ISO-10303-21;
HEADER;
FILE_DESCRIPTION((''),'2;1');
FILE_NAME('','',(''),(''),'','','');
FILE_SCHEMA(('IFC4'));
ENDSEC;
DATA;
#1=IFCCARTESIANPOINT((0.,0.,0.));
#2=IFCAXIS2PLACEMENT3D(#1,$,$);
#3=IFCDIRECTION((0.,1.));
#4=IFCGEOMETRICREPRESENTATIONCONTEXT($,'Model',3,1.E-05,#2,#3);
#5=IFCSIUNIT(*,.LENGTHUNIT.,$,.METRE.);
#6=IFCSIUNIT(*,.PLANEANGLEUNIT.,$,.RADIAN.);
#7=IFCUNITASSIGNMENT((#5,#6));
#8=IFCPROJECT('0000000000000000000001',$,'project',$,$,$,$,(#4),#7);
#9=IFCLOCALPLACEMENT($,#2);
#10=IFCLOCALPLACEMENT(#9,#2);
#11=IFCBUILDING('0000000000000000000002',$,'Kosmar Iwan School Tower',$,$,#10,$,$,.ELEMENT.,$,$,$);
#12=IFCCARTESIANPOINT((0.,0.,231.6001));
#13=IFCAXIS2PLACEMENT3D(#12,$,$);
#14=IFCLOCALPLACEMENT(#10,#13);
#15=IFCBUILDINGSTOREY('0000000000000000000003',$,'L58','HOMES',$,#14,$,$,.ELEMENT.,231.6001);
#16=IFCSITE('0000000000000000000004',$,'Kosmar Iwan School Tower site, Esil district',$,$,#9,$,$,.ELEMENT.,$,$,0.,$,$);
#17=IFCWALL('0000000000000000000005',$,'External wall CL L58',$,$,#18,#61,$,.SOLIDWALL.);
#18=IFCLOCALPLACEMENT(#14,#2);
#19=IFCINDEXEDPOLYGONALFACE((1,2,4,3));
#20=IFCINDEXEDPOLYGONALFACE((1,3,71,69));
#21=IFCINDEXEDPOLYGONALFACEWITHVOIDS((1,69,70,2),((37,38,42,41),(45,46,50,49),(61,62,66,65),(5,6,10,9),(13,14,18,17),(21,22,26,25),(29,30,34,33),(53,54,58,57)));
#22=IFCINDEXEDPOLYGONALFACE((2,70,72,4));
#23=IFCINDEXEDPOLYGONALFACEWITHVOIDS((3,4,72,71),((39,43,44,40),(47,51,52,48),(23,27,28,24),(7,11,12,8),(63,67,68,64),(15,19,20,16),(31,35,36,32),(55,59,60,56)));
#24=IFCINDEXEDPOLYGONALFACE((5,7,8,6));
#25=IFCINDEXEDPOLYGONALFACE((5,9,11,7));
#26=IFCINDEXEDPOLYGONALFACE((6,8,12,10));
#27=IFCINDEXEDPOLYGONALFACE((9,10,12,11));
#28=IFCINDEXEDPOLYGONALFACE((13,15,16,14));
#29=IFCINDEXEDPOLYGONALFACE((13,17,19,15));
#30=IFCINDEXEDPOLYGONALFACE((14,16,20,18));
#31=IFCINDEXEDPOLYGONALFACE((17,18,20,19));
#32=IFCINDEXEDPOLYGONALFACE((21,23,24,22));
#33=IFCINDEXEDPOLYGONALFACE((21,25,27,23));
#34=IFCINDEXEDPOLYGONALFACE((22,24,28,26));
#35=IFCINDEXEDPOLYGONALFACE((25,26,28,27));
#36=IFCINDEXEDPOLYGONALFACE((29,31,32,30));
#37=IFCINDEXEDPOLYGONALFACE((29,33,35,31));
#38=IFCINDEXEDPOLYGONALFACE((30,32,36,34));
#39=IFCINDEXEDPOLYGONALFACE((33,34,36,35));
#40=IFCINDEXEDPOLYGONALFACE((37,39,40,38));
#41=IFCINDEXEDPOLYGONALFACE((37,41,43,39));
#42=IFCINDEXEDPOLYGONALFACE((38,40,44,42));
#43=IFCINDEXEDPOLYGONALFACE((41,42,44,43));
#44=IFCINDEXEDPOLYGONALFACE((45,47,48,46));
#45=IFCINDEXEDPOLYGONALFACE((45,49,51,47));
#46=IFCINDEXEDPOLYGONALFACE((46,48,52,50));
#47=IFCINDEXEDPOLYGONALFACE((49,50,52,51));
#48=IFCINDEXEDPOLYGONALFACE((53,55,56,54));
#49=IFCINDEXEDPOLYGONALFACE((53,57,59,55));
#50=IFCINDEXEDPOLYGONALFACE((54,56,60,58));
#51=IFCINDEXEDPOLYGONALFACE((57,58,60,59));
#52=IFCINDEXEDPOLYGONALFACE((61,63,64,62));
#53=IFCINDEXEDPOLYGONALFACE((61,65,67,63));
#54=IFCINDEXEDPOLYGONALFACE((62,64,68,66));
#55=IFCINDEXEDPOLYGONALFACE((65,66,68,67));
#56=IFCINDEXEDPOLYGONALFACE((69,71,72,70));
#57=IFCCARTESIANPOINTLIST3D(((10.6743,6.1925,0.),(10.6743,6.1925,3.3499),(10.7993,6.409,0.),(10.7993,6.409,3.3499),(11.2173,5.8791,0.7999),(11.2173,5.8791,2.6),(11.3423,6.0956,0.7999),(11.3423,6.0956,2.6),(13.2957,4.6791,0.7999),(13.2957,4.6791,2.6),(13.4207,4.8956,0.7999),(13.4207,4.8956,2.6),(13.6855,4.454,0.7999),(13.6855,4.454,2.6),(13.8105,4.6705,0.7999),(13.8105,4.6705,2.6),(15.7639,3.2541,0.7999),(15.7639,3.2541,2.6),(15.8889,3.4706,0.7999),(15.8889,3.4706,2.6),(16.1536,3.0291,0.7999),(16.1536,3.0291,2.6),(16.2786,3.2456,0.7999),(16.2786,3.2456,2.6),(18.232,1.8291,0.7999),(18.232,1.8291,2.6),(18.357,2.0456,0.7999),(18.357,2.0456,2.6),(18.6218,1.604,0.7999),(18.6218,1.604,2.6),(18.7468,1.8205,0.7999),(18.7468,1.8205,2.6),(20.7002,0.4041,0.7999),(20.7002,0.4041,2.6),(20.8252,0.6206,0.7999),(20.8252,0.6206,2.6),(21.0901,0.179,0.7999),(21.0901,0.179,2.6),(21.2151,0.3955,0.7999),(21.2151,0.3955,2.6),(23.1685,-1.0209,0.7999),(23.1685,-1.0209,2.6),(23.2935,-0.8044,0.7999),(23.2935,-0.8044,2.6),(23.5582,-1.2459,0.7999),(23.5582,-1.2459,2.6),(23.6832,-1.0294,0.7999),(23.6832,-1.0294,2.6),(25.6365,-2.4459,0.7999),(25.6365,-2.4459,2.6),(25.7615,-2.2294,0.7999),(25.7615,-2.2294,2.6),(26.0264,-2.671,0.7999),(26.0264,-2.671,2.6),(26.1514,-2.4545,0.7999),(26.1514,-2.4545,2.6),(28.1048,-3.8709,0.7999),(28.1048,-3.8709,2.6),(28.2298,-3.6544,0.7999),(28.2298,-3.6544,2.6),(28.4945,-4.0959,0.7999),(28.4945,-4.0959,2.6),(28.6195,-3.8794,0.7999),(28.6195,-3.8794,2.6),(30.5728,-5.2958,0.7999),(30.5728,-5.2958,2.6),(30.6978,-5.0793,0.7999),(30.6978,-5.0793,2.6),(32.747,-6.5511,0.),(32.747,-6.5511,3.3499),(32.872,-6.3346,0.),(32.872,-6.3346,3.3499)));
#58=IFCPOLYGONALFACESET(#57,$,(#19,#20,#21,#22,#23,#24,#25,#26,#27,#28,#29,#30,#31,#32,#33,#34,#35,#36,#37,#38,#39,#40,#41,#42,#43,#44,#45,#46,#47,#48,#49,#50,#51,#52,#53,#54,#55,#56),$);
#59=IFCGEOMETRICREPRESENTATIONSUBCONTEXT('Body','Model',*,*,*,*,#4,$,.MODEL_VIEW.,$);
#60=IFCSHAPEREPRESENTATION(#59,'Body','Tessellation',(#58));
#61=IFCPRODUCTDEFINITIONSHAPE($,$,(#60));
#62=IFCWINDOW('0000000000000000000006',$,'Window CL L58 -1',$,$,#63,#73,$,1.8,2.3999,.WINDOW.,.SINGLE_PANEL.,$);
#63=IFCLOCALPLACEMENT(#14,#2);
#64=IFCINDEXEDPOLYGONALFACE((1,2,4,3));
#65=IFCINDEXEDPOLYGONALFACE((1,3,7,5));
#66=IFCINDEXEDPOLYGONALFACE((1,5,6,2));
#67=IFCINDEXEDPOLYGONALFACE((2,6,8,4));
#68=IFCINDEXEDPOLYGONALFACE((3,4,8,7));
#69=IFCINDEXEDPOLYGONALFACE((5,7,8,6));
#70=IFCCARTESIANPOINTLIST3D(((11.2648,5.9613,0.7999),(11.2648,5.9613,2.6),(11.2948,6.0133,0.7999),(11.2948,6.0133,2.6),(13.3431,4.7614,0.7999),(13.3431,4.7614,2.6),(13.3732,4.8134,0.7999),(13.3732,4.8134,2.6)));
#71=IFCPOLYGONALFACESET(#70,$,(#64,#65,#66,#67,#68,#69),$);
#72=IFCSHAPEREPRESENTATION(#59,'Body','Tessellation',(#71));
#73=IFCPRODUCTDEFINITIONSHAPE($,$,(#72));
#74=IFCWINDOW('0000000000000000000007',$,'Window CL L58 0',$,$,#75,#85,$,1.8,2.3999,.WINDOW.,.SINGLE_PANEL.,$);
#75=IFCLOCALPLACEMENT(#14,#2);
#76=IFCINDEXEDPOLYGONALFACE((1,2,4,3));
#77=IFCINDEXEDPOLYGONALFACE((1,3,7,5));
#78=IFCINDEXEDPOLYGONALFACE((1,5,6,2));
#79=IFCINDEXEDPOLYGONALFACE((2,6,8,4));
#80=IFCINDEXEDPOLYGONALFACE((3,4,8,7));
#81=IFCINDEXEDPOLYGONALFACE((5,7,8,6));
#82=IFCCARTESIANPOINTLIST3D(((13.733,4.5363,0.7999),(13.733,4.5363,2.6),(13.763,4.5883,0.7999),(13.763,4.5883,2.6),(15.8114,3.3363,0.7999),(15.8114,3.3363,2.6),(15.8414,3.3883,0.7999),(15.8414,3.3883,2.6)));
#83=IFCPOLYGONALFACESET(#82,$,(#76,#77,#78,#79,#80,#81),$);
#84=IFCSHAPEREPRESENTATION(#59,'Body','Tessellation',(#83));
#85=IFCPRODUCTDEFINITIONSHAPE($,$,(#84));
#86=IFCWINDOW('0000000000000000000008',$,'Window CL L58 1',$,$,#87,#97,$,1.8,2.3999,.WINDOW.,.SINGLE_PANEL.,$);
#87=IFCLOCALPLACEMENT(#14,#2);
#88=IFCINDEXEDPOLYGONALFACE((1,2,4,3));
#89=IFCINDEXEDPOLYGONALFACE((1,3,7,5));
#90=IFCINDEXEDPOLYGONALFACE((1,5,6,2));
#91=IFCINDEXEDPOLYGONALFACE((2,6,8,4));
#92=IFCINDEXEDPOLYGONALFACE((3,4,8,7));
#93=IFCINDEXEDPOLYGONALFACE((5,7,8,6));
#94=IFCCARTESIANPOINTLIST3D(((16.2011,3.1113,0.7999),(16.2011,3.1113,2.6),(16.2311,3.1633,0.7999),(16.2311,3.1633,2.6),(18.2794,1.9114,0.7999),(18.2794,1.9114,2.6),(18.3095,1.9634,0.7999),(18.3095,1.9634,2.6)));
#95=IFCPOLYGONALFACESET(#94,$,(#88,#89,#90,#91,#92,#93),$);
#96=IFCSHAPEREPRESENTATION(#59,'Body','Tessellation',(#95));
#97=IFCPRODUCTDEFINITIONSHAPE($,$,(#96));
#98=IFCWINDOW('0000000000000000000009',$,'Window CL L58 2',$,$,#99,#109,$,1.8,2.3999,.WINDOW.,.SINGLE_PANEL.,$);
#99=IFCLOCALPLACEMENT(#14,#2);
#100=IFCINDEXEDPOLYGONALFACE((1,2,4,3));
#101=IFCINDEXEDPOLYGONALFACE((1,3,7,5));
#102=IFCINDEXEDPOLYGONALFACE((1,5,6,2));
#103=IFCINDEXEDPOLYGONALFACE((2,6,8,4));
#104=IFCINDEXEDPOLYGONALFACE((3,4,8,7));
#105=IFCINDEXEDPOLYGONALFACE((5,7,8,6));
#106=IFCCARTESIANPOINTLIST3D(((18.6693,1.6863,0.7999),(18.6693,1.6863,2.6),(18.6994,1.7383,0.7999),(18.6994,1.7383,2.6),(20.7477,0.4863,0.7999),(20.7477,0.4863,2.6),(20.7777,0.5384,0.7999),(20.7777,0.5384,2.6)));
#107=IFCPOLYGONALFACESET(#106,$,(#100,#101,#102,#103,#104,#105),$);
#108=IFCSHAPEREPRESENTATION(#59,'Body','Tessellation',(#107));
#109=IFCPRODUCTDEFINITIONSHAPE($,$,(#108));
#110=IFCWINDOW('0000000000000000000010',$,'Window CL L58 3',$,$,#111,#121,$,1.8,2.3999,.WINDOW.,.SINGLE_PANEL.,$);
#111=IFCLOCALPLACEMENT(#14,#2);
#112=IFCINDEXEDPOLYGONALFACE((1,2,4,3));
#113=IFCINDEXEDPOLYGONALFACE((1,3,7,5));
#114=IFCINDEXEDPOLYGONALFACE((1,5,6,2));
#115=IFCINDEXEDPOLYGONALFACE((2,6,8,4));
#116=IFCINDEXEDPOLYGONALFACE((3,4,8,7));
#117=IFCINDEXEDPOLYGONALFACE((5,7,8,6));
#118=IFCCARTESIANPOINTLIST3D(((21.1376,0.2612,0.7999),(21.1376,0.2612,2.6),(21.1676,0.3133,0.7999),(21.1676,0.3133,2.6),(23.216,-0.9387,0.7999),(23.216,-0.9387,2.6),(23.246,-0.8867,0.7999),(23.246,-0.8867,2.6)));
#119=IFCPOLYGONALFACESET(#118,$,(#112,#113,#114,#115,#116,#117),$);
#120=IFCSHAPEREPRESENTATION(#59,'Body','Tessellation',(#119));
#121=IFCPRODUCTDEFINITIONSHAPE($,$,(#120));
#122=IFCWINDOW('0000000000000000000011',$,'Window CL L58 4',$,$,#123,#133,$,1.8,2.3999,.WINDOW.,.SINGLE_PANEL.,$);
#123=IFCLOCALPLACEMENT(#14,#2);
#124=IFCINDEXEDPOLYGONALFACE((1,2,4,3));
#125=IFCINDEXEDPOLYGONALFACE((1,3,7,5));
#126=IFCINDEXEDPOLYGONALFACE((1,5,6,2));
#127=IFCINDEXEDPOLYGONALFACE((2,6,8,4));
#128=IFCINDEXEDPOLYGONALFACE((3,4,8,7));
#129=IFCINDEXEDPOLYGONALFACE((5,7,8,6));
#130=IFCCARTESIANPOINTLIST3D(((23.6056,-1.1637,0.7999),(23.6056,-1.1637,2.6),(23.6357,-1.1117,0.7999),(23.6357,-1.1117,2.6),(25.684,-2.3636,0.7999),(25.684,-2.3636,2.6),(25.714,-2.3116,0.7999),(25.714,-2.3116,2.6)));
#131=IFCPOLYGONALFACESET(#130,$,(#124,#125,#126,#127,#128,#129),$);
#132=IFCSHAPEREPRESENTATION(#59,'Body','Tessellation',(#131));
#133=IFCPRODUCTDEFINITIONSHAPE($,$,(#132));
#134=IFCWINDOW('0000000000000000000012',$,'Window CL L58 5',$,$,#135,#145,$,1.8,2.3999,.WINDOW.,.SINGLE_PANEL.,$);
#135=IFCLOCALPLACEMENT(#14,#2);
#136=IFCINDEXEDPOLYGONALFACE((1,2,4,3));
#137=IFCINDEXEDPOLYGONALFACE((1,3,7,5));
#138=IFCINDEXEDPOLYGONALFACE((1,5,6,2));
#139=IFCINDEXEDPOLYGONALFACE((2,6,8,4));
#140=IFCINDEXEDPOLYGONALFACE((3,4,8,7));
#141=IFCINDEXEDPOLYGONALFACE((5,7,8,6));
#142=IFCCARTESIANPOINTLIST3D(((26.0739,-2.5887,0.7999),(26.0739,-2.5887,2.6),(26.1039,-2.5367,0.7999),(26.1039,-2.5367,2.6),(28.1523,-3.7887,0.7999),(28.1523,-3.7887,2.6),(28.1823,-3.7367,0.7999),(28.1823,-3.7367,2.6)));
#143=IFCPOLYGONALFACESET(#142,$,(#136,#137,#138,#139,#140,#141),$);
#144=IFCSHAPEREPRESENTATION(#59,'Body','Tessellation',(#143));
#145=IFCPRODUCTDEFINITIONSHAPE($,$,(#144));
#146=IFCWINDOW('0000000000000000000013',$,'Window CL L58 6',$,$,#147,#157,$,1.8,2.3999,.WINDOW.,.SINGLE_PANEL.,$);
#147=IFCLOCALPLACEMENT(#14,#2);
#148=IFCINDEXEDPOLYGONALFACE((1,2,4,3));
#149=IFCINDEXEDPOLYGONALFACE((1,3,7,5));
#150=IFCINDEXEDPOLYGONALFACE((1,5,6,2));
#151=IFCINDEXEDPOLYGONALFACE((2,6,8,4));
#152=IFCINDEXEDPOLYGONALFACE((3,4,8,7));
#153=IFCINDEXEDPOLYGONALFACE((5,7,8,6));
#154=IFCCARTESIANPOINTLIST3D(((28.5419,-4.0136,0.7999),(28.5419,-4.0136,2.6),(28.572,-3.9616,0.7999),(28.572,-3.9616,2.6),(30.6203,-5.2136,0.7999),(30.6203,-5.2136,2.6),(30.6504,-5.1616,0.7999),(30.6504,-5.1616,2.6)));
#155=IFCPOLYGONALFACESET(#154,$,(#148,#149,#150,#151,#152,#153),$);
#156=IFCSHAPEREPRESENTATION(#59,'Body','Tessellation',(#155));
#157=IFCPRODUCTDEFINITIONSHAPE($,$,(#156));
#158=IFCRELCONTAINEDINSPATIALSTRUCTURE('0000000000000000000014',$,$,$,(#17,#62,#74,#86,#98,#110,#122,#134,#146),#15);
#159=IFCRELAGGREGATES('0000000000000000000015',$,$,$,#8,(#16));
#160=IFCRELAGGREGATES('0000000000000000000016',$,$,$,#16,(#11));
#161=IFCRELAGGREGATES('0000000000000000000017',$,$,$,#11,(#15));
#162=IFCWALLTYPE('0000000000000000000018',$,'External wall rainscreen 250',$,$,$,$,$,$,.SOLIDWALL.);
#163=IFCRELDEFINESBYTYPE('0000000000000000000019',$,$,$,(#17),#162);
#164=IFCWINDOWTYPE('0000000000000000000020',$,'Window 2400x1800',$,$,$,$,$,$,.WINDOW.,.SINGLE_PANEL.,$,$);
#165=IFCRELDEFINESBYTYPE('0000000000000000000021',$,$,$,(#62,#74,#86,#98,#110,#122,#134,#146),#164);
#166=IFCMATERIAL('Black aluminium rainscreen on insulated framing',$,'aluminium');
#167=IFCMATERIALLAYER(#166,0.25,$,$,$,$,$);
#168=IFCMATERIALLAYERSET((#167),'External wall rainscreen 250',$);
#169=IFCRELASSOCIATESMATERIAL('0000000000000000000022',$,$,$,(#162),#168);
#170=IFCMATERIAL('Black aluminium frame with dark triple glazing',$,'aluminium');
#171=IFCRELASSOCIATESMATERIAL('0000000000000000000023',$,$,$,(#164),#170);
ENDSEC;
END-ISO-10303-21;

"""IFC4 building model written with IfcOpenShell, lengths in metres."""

from ifc_helpers import new_model, si_unit, direction, frame, frame_2d, origin, place, context, subcontext, project, spatial, rectangle, extrude, material, layer, layer_set, type_object, element, fill, save


model = new_model("IFC4")

# Units and contexts
model_context = context("Model", 3, precision=1e-05, world=origin(), true_north=direction((0.0, 1.0)))
body_context = subcontext(model_context, "Body", "Model", "MODEL_VIEW")
ifc_project = project(units=[si_unit("LENGTHUNIT", "METRE"), si_unit("PLANEANGLEUNIT", "RADIAN")], contexts=[model_context])

# Site, building, storey
site_placement = place(None, origin())
site = spatial("IfcSite", under=ifc_project, at=site_placement, Name="Kosmar Iwan School Tower site, Esil district", CompositionType="ELEMENT", RefElevation=0.0)
building_placement = place(site_placement, origin())
building = spatial("IfcBuilding", under=site, at=building_placement, Name="Kosmar Iwan School Tower", CompositionType="ELEMENT")
storey_placement = place(building_placement, frame((0.0, 0.0, 231.6001)))
storey = spatial("IfcBuildingStorey", under=building, at=storey_placement, Name="L58", Description="HOMES", CompositionType="ELEMENT", Elevation=231.6001)

# Wall, openings, windows
ifc_material_1 = material(Name="Black aluminium rainscreen on insulated framing", Category="aluminium")
ifc_layer = layer(ifc_material_1, 0.25)
ifc_layer_set = layer_set([ifc_layer], Name="External wall rainscreen 250")
wall_type = type_object("IfcWallType", Name="External wall rainscreen 250", PredefinedType="SOLIDWALL", material=ifc_layer_set)
wall_1_placement = place(storey_placement, frame((10.7368, 6.3008, 0.0), z_axis=(0.0, 0.0, 1.0), x_axis=(0.866026, -0.499998, 0.0)))
wall_1 = element("IfcWall", 1, at=wall_1_placement, inside=storey, type_object=wall_type, Name="External wall CL L58", PredefinedType="SOLIDWALL", context=body_context, shape_type="SweptSolid", body=[
    extrude(rectangle(XDim=25.4873, YDim=0.25, at=frame_2d((12.7437, 0.0))), origin(), (0.0, 0.0, 1.0), 3.3499),
])
opening_1_placement = place(wall_1_placement, frame((0.627, 0.0, 0.8)))
opening_1 = element("IfcOpeningElement", 2, at=opening_1_placement, cuts=wall_1, PredefinedType="OPENING", context=body_context, shape_type="SweptSolid", body=[
    extrude(rectangle(XDim=2.3999, YDim=1.8, at=frame_2d((1.2, 0.8999))), frame((0.0, 0.137, 0.0), z_axis=(0.0, -1.0, 0.0), x_axis=(1.0, 0.0, 0.0)), (0.0, 0.0, 1.0), 0.2739),
])
opening_2_placement = place(wall_1_placement, frame((3.4771, 0.0, 0.8)))
opening_2 = element("IfcOpeningElement", 3, at=opening_2_placement, cuts=wall_1, PredefinedType="OPENING", context=body_context, shape_type="SweptSolid", body=[
    extrude(rectangle(XDim=2.3999, YDim=1.8, at=frame_2d((1.2, 0.8999))), frame((0.0, 0.137, 0.0), z_axis=(0.0, -1.0, 0.0), x_axis=(1.0, 0.0, 0.0)), (0.0, 0.0, 1.0), 0.2739),
])
opening_3_placement = place(wall_1_placement, frame((6.3269, 0.0, 0.8)))
opening_3 = element("IfcOpeningElement", 4, at=opening_3_placement, cuts=wall_1, PredefinedType="OPENING", context=body_context, shape_type="SweptSolid", body=[
    extrude(rectangle(XDim=2.3999, YDim=1.8, at=frame_2d((1.2, 0.8999))), frame((0.0, 0.137, 0.0), z_axis=(0.0, -1.0, 0.0), x_axis=(1.0, 0.0, 0.0)), (0.0, 0.0, 1.0), 0.2739),
])
opening_4_placement = place(wall_1_placement, frame((9.177, 0.0, 0.8)))
opening_4 = element("IfcOpeningElement", 5, at=opening_4_placement, cuts=wall_1, PredefinedType="OPENING", context=body_context, shape_type="SweptSolid", body=[
    extrude(rectangle(XDim=2.3999, YDim=1.8, at=frame_2d((1.2, 0.8999))), frame((0.0, 0.137, 0.0), z_axis=(0.0, -1.0, 0.0), x_axis=(1.0, 0.0, 0.0)), (0.0, 0.0, 1.0), 0.2739),
])
opening_5_placement = place(wall_1_placement, frame((12.0271, 0.0, 0.8)))
opening_5 = element("IfcOpeningElement", 6, at=opening_5_placement, cuts=wall_1, PredefinedType="OPENING", context=body_context, shape_type="SweptSolid", body=[
    extrude(rectangle(XDim=2.3999, YDim=1.8, at=frame_2d((1.2, 0.8999))), frame((0.0, 0.137, 0.0), z_axis=(0.0, -1.0, 0.0), x_axis=(1.0, 0.0, 0.0)), (0.0, 0.0, 1.0), 0.2739),
])
opening_6_placement = place(wall_1_placement, frame((14.877, 0.0, 0.8)))
opening_6 = element("IfcOpeningElement", 7, at=opening_6_placement, cuts=wall_1, PredefinedType="OPENING", context=body_context, shape_type="SweptSolid", body=[
    extrude(rectangle(XDim=2.3999, YDim=1.8, at=frame_2d((1.2, 0.8999))), frame((0.0, 0.137, 0.0), z_axis=(0.0, -1.0, 0.0), x_axis=(1.0, 0.0, 0.0)), (0.0, 0.0, 1.0), 0.2739),
])
opening_7_placement = place(wall_1_placement, frame((17.7271, 0.0, 0.8)))
opening_7 = element("IfcOpeningElement", 8, at=opening_7_placement, cuts=wall_1, PredefinedType="OPENING", context=body_context, shape_type="SweptSolid", body=[
    extrude(rectangle(XDim=2.3999, YDim=1.8, at=frame_2d((1.2, 0.8999))), frame((0.0, 0.137, 0.0), z_axis=(0.0, -1.0, 0.0), x_axis=(1.0, 0.0, 0.0)), (0.0, 0.0, 1.0), 0.2739),
])
opening_8_placement = place(wall_1_placement, frame((20.5769, 0.0, 0.8)))
opening_8 = element("IfcOpeningElement", 9, at=opening_8_placement, cuts=wall_1, PredefinedType="OPENING", context=body_context, shape_type="SweptSolid", body=[
    extrude(rectangle(XDim=2.3999, YDim=1.8, at=frame_2d((1.2, 0.8999))), frame((0.0, 0.137, 0.0), z_axis=(0.0, -1.0, 0.0), x_axis=(1.0, 0.0, 0.0)), (0.0, 0.0, 1.0), 0.2739),
])
ifc_material_2 = material(Name="Black aluminium frame with dark triple glazing", Category="aluminium")
window_type = type_object("IfcWindowType", Name="Window 2400x1800", PartitioningType="SINGLE_PANEL", PredefinedType="WINDOW", material=ifc_material_2)
window_1_placement = place(opening_1_placement, origin())
window_1 = element("IfcWindow", 10, at=window_1_placement, inside=storey, type_object=window_type, Name="Window CL L58 -1", OverallHeight=1.8, OverallWidth=2.3999, PartitioningType="SINGLE_PANEL", PredefinedType="WINDOW", context=body_context, shape_type="SweptSolid", body=[
    extrude(rectangle(XDim=2.3999, YDim=1.8, at=frame_2d((1.2, 0.8999))), frame((0.0, 0.03, 0.0), z_axis=(0.0, -1.0, 0.0), x_axis=(1.0, 0.0, 0.0)), (0.0, 0.0, 1.0), 0.0601),
])
fill(opening_1, window_1)
window_2_placement = place(opening_2_placement, origin())
window_2 = element("IfcWindow", 11, at=window_2_placement, inside=storey, type_object=window_type, Name="Window CL L58 0", OverallHeight=1.8, OverallWidth=2.3999, PartitioningType="SINGLE_PANEL", PredefinedType="WINDOW", context=body_context, shape_type="SweptSolid", body=[
    extrude(rectangle(XDim=2.3999, YDim=1.8, at=frame_2d((1.2, 0.8999))), frame((0.0, 0.03, 0.0), z_axis=(0.0, -1.0, 0.0), x_axis=(1.0, 0.0, 0.0)), (0.0, 0.0, 1.0), 0.0601),
])
fill(opening_2, window_2)
window_3_placement = place(opening_3_placement, origin())
window_3 = element("IfcWindow", 12, at=window_3_placement, inside=storey, type_object=window_type, Name="Window CL L58 1", OverallHeight=1.8, OverallWidth=2.3999, PartitioningType="SINGLE_PANEL", PredefinedType="WINDOW", context=body_context, shape_type="SweptSolid", body=[
    extrude(rectangle(XDim=2.3999, YDim=1.8, at=frame_2d((1.2, 0.8999))), frame((0.0, 0.03, 0.0), z_axis=(0.0, -1.0, 0.0), x_axis=(1.0, 0.0, 0.0)), (0.0, 0.0, 1.0), 0.0601),
])
fill(opening_3, window_3)
window_4_placement = place(opening_4_placement, origin())
window_4 = element("IfcWindow", 13, at=window_4_placement, inside=storey, type_object=window_type, Name="Window CL L58 2", OverallHeight=1.8, OverallWidth=2.3999, PartitioningType="SINGLE_PANEL", PredefinedType="WINDOW", context=body_context, shape_type="SweptSolid", body=[
    extrude(rectangle(XDim=2.3999, YDim=1.8, at=frame_2d((1.2, 0.8999))), frame((0.0, 0.03, 0.0), z_axis=(0.0, -1.0, 0.0), x_axis=(1.0, 0.0, 0.0)), (0.0, 0.0, 1.0), 0.0601),
])
fill(opening_4, window_4)
window_5_placement = place(opening_5_placement, origin())
window_5 = element("IfcWindow", 14, at=window_5_placement, inside=storey, type_object=window_type, Name="Window CL L58 3", OverallHeight=1.8, OverallWidth=2.3999, PartitioningType="SINGLE_PANEL", PredefinedType="WINDOW", context=body_context, shape_type="SweptSolid", body=[
    extrude(rectangle(XDim=2.3999, YDim=1.8, at=frame_2d((1.2, 0.8999))), frame((0.0, 0.03, 0.0), z_axis=(0.0, -1.0, 0.0), x_axis=(1.0, 0.0, 0.0)), (0.0, 0.0, 1.0), 0.0601),
])
fill(opening_5, window_5)
window_6_placement = place(opening_6_placement, origin())
window_6 = element("IfcWindow", 15, at=window_6_placement, inside=storey, type_object=window_type, Name="Window CL L58 4", OverallHeight=1.8, OverallWidth=2.3999, PartitioningType="SINGLE_PANEL", PredefinedType="WINDOW", context=body_context, shape_type="SweptSolid", body=[
    extrude(rectangle(XDim=2.3999, YDim=1.8, at=frame_2d((1.2, 0.8999))), frame((0.0, 0.03, 0.0), z_axis=(0.0, -1.0, 0.0), x_axis=(1.0, 0.0, 0.0)), (0.0, 0.0, 1.0), 0.0601),
])
fill(opening_6, window_6)
window_7_placement = place(opening_7_placement, origin())
window_7 = element("IfcWindow", 16, at=window_7_placement, inside=storey, type_object=window_type, Name="Window CL L58 5", OverallHeight=1.8, OverallWidth=2.3999, PartitioningType="SINGLE_PANEL", PredefinedType="WINDOW", context=body_context, shape_type="SweptSolid", body=[
    extrude(rectangle(XDim=2.3999, YDim=1.8, at=frame_2d((1.2, 0.8999))), frame((0.0, 0.03, 0.0), z_axis=(0.0, -1.0, 0.0), x_axis=(1.0, 0.0, 0.0)), (0.0, 0.0, 1.0), 0.0601),
])
fill(opening_7, window_7)
window_8_placement = place(opening_8_placement, origin())
window_8 = element("IfcWindow", 17, at=window_8_placement, inside=storey, type_object=window_type, Name="Window CL L58 6", OverallHeight=1.8, OverallWidth=2.3999, PartitioningType="SINGLE_PANEL", PredefinedType="WINDOW", context=body_context, shape_type="SweptSolid", body=[
    extrude(rectangle(XDim=2.3999, YDim=1.8, at=frame_2d((1.2, 0.8999))), frame((0.0, 0.03, 0.0), z_axis=(0.0, -1.0, 0.0), x_axis=(1.0, 0.0, 0.0)), (0.0, 0.0, 1.0), 0.0601),
])
fill(opening_8, window_8)

save(model, "model.ifc")
